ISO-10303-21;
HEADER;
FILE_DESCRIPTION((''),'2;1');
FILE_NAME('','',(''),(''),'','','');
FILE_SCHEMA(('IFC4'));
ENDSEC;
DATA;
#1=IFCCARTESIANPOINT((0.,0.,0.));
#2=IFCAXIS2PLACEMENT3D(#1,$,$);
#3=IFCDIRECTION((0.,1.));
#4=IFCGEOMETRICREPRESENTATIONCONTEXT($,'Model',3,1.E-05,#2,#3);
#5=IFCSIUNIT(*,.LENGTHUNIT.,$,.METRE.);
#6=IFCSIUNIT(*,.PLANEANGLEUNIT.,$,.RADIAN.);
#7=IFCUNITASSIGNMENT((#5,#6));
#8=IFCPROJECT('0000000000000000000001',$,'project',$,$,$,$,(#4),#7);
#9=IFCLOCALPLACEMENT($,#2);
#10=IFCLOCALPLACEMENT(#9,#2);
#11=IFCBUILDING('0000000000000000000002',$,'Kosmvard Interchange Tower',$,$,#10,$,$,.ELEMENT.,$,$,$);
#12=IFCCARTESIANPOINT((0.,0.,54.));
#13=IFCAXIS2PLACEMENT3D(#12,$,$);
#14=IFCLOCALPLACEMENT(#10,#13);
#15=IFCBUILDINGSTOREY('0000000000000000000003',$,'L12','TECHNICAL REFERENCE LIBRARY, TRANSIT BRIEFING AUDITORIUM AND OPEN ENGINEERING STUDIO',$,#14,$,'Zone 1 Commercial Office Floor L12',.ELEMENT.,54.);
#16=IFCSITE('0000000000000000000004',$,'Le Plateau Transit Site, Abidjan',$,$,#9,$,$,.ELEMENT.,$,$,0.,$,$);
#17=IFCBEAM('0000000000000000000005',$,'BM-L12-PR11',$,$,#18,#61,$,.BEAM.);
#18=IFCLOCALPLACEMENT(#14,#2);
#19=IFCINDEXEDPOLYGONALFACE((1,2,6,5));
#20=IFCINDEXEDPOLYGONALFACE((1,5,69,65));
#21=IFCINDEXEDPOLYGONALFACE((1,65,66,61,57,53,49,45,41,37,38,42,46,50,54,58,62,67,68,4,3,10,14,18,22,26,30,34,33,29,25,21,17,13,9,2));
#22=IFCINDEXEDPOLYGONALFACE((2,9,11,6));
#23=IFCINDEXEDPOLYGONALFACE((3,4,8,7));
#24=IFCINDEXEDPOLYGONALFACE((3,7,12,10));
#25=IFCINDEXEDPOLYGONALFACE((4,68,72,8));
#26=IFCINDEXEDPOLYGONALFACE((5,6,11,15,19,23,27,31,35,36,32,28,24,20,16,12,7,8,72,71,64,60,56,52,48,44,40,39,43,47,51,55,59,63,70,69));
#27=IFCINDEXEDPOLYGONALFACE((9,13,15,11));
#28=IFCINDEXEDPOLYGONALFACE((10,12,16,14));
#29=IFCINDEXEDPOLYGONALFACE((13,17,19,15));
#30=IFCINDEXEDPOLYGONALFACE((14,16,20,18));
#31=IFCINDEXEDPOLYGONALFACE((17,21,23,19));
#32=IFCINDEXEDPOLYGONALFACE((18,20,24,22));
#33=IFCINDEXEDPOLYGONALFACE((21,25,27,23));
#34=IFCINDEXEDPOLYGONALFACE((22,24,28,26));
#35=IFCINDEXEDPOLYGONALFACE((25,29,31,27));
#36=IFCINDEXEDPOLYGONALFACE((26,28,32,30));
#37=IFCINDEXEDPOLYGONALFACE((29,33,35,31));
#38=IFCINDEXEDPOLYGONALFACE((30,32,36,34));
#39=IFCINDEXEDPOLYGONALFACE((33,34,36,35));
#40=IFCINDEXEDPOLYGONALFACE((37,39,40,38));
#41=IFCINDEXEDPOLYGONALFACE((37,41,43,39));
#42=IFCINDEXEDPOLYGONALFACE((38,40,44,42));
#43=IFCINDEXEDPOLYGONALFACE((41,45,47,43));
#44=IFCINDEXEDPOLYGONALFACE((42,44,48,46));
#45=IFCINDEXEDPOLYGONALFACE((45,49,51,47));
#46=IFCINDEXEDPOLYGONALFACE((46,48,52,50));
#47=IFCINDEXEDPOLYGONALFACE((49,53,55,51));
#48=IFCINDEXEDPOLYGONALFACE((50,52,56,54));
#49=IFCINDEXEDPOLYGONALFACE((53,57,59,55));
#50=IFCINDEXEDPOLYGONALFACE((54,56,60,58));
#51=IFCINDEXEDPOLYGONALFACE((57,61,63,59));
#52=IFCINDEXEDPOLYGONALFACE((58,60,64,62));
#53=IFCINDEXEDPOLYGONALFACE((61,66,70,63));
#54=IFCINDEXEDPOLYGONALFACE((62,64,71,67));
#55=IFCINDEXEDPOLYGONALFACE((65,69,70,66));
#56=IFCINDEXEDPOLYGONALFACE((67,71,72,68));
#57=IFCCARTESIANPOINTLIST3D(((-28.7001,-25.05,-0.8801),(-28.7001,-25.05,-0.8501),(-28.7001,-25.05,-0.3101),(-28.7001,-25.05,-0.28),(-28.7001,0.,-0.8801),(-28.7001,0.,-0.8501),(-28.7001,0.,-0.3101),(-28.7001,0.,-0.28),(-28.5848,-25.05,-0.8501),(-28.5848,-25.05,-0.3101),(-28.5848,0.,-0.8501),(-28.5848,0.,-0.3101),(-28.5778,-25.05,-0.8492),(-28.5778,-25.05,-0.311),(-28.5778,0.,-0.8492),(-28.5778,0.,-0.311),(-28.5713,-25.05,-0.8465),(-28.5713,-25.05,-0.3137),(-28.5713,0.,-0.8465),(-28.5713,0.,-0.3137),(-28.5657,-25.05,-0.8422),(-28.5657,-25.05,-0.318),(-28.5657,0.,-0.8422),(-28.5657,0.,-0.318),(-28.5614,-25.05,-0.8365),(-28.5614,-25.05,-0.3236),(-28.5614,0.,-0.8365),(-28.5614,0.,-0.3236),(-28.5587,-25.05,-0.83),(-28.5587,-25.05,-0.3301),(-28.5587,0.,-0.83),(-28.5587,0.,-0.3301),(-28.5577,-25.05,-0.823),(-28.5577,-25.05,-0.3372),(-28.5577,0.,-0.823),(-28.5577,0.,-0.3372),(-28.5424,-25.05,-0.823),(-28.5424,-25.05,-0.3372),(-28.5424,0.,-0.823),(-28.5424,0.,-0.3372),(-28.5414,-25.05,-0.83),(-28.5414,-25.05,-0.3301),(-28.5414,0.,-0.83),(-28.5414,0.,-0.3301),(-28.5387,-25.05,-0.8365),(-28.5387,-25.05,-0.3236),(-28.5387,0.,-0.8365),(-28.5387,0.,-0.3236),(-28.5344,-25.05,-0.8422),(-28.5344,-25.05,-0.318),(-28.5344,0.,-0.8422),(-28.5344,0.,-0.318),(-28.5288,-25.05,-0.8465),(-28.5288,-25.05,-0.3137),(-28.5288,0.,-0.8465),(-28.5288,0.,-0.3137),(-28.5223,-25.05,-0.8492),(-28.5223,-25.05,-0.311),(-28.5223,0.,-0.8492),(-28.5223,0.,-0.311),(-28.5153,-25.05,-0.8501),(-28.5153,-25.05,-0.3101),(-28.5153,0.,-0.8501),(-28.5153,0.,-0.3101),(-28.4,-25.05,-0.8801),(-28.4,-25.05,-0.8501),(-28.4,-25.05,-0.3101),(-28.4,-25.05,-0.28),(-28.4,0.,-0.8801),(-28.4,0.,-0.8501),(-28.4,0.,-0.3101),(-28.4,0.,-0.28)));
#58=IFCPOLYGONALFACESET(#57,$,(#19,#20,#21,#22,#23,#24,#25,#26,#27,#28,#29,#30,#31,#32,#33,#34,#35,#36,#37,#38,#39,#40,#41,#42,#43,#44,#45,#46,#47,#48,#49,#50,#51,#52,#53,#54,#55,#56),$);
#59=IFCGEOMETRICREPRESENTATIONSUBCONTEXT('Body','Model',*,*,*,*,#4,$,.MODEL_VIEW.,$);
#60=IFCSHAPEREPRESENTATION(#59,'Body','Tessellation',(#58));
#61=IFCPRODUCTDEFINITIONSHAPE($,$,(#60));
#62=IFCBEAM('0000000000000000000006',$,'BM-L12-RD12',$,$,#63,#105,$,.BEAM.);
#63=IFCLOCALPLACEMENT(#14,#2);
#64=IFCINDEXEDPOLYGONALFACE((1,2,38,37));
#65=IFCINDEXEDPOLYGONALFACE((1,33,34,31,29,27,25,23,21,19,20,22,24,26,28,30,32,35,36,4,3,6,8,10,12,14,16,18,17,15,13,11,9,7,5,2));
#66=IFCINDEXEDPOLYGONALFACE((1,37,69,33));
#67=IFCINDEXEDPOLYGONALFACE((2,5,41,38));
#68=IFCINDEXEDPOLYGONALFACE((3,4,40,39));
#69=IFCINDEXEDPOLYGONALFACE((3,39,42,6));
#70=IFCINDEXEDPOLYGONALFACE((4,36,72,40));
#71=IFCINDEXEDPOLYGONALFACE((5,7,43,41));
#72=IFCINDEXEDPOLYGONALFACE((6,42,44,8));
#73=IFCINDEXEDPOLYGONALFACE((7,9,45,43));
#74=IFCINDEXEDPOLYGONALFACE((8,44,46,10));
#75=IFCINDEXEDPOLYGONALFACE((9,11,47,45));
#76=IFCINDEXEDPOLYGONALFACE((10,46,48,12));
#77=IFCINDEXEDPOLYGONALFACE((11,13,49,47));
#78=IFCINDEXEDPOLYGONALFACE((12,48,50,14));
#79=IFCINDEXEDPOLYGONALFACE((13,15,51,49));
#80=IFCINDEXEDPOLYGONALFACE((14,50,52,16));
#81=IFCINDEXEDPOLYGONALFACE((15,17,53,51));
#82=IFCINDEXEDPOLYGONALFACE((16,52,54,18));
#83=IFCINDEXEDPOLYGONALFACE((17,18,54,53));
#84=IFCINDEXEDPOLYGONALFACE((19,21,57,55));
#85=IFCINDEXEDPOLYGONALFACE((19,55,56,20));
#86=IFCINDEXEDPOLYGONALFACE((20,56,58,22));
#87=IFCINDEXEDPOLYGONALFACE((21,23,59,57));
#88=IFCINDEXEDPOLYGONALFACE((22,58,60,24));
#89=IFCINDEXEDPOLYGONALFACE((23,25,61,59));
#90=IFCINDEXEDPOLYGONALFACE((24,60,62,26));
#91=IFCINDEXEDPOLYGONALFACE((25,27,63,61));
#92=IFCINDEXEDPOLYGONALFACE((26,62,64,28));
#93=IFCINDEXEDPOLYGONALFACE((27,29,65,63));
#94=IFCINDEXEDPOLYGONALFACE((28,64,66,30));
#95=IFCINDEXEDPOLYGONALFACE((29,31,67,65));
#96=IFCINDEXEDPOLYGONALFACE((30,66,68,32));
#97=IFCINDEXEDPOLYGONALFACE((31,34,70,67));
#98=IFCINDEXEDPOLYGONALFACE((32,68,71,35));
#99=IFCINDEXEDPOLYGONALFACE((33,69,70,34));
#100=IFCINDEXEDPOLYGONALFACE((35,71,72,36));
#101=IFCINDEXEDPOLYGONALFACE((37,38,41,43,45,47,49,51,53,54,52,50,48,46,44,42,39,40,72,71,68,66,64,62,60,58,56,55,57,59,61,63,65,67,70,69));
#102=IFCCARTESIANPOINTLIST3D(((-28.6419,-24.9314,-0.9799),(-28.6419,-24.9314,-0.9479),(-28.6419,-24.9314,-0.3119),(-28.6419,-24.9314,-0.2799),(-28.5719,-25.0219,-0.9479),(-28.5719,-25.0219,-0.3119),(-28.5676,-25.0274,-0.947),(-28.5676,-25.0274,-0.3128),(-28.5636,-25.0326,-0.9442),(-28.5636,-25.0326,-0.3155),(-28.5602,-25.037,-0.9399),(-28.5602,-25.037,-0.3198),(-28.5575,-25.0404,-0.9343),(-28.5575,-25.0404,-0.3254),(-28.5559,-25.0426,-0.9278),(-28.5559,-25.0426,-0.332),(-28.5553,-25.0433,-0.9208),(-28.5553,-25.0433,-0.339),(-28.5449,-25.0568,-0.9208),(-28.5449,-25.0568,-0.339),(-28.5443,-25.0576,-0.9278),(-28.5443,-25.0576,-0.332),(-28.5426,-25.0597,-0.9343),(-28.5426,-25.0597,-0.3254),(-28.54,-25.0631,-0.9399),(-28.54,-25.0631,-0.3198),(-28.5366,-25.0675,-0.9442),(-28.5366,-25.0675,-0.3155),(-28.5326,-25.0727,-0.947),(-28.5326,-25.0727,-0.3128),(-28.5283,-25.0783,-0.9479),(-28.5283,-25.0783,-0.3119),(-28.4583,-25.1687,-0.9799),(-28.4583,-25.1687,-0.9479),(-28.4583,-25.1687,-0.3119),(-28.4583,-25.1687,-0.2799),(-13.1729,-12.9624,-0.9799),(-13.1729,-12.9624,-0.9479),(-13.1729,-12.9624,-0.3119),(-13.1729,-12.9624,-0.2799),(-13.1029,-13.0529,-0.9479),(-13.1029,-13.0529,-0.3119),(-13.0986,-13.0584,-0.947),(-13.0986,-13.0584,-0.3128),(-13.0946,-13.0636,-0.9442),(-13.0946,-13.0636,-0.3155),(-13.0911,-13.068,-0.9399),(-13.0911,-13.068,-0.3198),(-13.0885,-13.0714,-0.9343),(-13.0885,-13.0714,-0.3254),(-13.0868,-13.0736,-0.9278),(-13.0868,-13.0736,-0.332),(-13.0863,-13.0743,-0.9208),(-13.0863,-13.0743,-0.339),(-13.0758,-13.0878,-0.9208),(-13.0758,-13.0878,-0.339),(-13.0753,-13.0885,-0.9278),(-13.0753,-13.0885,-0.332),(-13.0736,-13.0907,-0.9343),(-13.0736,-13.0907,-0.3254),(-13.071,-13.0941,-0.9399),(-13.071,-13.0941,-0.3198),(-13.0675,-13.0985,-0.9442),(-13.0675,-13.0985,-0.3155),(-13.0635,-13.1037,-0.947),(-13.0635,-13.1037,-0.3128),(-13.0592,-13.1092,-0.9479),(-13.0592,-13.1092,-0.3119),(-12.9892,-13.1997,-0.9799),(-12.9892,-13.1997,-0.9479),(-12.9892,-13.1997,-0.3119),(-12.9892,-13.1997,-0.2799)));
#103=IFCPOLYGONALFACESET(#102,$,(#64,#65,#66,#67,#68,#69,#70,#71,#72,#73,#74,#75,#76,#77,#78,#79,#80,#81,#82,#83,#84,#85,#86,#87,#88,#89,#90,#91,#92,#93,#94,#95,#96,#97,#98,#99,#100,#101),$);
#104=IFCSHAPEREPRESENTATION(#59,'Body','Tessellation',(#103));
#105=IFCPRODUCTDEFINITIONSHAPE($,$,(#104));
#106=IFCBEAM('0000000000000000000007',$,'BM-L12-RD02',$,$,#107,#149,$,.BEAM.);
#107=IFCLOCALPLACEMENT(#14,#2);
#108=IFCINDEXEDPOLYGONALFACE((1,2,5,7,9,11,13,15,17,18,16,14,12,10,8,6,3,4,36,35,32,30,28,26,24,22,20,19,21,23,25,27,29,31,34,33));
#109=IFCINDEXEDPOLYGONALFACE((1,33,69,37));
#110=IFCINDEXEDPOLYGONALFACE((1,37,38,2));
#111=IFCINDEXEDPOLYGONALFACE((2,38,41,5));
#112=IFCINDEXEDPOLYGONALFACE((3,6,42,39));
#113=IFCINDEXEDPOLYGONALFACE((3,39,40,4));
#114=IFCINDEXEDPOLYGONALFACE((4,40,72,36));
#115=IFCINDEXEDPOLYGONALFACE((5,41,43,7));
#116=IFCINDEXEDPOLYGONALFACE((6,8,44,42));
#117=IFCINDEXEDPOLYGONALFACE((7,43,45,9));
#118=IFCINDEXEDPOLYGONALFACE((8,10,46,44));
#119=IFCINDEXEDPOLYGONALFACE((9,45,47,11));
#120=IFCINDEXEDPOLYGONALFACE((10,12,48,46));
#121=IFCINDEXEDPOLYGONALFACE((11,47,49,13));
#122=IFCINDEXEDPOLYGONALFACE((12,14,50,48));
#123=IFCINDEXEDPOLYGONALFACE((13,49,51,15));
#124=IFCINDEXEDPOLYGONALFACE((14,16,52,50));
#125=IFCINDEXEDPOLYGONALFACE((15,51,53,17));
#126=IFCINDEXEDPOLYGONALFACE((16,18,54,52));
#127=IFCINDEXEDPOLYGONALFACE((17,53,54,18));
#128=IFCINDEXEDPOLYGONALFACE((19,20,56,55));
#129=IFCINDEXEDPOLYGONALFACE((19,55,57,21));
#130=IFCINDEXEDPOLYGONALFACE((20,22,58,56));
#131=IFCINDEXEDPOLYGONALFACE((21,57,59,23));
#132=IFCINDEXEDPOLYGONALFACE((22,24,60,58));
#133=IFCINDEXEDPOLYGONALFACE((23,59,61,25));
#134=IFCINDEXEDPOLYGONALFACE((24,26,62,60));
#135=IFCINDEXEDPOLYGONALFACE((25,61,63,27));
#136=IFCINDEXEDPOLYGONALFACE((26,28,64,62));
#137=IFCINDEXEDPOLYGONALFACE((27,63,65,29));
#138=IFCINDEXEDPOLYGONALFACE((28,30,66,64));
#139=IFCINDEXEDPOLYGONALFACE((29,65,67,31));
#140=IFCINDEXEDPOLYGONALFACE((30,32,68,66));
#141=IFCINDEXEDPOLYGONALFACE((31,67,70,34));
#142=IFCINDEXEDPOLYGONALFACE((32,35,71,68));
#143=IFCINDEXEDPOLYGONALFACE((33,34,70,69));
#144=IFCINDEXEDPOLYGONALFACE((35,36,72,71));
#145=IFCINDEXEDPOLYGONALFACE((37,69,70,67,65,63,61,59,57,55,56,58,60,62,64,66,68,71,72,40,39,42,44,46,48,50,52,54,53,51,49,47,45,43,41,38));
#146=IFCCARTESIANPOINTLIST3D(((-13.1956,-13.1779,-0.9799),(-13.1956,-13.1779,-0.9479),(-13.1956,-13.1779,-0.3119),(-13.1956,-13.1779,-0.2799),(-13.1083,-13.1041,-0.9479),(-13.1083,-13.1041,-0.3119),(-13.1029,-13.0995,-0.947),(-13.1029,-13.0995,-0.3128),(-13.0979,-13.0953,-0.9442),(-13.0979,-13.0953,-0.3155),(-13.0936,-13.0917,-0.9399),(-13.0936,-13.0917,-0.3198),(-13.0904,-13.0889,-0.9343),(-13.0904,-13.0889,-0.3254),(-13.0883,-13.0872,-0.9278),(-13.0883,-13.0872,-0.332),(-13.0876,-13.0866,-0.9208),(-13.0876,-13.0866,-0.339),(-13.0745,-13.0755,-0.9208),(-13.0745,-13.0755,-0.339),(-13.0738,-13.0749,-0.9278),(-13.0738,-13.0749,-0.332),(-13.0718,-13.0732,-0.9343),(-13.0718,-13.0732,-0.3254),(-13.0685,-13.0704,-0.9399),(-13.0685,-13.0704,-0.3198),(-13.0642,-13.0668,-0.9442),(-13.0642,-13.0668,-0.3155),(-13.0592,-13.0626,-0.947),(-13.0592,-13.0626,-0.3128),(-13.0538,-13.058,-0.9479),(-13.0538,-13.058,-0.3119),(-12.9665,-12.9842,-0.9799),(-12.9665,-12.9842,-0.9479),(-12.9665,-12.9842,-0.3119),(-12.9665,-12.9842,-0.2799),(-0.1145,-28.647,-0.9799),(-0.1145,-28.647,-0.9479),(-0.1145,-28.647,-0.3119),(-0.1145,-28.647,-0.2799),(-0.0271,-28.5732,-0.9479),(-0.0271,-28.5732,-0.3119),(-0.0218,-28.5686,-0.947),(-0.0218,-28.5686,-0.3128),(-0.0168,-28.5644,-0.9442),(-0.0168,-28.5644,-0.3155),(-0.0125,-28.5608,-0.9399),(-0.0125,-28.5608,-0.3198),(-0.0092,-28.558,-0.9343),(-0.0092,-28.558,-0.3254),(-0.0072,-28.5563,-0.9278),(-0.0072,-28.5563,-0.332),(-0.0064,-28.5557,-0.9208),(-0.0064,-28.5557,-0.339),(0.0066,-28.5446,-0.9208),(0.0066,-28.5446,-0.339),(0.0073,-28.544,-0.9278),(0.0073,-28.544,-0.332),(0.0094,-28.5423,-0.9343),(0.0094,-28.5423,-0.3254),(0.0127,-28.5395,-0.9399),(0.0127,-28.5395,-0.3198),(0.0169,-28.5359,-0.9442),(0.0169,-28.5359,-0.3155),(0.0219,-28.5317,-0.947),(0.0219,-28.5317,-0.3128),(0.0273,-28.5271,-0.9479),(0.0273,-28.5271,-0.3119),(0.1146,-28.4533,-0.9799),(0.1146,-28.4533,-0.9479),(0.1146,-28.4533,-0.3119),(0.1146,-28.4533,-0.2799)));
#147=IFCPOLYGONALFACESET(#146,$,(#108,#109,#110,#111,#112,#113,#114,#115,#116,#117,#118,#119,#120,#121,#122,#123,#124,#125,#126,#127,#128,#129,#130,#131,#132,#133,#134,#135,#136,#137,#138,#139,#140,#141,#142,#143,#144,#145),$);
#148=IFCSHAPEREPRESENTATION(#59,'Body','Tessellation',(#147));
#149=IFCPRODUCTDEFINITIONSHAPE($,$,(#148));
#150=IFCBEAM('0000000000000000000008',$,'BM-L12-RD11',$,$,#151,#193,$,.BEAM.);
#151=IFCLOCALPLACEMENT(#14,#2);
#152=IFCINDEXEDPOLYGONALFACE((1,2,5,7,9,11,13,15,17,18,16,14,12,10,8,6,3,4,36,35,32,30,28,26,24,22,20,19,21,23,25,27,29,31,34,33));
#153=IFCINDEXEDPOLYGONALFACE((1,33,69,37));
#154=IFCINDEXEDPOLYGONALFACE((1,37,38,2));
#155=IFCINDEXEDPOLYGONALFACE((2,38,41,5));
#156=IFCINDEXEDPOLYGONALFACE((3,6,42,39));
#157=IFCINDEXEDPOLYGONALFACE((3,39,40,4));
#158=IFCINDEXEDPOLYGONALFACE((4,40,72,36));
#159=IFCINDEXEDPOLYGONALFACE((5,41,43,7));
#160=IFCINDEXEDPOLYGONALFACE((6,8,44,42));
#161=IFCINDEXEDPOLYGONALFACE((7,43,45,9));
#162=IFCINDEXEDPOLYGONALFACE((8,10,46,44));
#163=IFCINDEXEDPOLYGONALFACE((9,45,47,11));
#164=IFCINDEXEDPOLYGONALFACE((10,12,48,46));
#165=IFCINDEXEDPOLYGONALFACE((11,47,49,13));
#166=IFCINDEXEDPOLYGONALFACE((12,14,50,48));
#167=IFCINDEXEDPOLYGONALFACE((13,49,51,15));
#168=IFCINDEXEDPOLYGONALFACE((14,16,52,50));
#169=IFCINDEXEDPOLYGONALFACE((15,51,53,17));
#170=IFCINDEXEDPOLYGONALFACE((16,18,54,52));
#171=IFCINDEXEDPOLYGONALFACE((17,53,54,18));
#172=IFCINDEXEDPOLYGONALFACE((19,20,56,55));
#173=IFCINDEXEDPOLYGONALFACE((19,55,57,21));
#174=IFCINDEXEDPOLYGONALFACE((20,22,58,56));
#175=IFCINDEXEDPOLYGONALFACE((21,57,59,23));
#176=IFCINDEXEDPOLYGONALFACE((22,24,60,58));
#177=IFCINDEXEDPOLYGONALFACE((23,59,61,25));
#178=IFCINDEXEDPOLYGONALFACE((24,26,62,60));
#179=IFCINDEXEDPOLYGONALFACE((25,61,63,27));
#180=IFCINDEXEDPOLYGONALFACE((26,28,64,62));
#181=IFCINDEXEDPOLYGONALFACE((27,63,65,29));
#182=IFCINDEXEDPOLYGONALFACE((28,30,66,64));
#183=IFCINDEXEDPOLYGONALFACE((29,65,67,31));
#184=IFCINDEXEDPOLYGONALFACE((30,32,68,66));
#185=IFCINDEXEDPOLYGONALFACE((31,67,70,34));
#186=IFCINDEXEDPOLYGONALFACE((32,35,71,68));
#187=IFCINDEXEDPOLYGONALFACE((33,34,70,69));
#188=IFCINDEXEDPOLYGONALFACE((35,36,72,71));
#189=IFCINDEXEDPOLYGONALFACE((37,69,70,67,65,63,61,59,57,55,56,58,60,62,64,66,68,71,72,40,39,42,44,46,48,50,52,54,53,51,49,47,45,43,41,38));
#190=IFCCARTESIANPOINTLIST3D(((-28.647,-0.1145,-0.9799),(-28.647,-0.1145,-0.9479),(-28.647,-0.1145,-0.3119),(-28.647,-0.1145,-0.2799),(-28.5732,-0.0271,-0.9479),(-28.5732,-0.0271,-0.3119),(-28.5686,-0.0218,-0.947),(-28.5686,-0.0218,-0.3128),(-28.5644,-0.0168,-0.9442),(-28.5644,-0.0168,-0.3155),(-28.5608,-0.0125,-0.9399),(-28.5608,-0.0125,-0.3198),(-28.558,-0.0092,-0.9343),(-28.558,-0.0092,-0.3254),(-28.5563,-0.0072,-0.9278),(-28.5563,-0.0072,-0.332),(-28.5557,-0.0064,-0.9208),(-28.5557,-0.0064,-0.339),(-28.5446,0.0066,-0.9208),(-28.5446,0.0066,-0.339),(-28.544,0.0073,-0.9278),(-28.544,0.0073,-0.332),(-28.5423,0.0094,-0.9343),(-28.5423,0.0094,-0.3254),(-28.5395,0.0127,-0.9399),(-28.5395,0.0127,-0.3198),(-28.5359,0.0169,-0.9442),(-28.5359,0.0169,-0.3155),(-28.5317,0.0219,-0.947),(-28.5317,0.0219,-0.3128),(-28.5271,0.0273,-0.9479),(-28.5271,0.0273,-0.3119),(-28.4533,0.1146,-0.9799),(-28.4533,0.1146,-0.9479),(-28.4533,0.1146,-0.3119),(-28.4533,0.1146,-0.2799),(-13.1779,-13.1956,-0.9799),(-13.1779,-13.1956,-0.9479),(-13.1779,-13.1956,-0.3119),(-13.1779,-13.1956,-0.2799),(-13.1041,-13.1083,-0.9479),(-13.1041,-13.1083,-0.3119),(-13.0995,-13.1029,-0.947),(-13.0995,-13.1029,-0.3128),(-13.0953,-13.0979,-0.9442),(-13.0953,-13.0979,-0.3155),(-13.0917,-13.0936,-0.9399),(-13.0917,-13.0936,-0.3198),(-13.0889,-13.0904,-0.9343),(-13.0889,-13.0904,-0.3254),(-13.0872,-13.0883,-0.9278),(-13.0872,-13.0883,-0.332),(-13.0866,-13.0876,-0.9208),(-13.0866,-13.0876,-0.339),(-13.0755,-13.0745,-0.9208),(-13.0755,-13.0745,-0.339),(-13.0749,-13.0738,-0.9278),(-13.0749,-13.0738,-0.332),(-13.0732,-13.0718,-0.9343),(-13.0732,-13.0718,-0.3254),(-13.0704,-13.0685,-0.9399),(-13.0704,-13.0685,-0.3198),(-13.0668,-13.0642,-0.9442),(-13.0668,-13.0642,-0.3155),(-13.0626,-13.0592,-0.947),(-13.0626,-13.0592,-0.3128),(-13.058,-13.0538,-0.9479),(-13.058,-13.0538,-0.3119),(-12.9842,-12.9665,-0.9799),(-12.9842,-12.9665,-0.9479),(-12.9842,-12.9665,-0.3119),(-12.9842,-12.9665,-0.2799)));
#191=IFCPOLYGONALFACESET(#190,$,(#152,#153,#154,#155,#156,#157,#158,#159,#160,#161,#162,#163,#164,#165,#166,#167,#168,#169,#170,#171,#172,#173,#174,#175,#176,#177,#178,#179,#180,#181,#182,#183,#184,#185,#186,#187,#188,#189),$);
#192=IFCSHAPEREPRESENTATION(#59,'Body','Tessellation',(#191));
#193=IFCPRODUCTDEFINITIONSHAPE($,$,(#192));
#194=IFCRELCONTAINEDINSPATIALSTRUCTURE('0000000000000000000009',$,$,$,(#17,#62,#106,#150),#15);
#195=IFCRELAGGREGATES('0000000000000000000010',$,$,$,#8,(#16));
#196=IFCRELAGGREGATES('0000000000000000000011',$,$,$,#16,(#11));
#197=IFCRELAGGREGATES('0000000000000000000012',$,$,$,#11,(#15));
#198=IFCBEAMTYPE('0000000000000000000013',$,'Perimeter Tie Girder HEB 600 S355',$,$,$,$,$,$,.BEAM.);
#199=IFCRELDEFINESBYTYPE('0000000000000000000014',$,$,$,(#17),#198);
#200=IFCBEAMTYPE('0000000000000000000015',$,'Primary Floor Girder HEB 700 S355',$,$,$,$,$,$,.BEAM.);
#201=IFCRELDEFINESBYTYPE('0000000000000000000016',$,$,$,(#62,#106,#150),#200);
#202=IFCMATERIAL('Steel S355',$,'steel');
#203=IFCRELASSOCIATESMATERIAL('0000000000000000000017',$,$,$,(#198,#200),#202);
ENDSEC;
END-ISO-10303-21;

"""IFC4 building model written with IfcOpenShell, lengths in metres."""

from ifc_helpers import new_model, si_unit, direction, frame, origin, origin_2d, place, context, subcontext, project, spatial, i_section, extrude, source, transform, mapped, material, material_profile, profile_set, type_object, element, save


model = new_model("IFC4")

# Units and contexts
model_context = context("Model", 3, precision=1e-05, world=origin(), true_north=direction((0.0, 1.0)))
body_context = subcontext(model_context, "Body", "Model", "MODEL_VIEW")
ifc_project = project(units=[si_unit("LENGTHUNIT", "METRE"), si_unit("PLANEANGLEUNIT", "RADIAN")], contexts=[model_context])

# Site, building, storey
site_placement = place(None, origin())
site = spatial("IfcSite", under=ifc_project, at=site_placement, Name="Le Plateau Transit Site, Abidjan", CompositionType="ELEMENT", RefElevation=0.0)
building_placement = place(site_placement, origin())
building = spatial("IfcBuilding", under=site, at=building_placement, Name="Kosmvard Interchange Tower", CompositionType="ELEMENT")
storey_placement = place(building_placement, frame((0.0, 0.0, 54.0)))
storey = spatial("IfcBuildingStorey", under=building, at=storey_placement, Name="L12", Description="TECHNICAL REFERENCE LIBRARY, TRANSIT BRIEFING AUDITORIUM AND OPEN ENGINEERING STUDIO", LongName="Zone 1 Commercial Office Floor L12", CompositionType="ELEMENT", Elevation=54.0)

# Beams
ifc_material_1 = material(Name="Steel S355", Category="steel")
ifc_material_profile_1 = material_profile(ifc_material_1, i_section(OverallWidth=0.3, OverallDepth=0.6001, WebThickness=0.0154, FlangeThickness=0.03, FilletRadius=0.0271, at=origin_2d()), Name="HEB 600")
ifc_profile_set_1 = profile_set([ifc_material_profile_1], Name="Steel S355")
beam_type_1 = type_object("IfcBeamType", Name="Perimeter Tie Girder HEB 600 S355", PredefinedType="BEAM", material=ifc_profile_set_1)
shared_shape_1 = source(origin(), body_context, "Body", "SweptSolid", [
    extrude(i_section(OverallWidth=0.3, OverallDepth=0.6001, WebThickness=0.0154, FlangeThickness=0.03, FilletRadius=0.0271, at=origin_2d()), origin(), (0.0, 0.0, 1.0), 25.05),
])
beam_1_placement = place(storey_placement, frame((-28.55, 0.0, -0.5801), z_axis=(0.0, -1.0, 0.0), x_axis=(1.0, 0.0, 0.0)))
element("IfcBeam", 1, at=beam_1_placement, inside=storey, type_object=beam_type_1, Name="BM-L12-PR11", PredefinedType="BEAM", context=body_context, shape_type="MappedRepresentation", body=[
    mapped(shared_shape_1, transform((0.0, 0.0, 0.0), scale=1.0)),
])
ifc_material_profile_2 = material_profile(ifc_material_1, i_section(OverallWidth=0.3, OverallDepth=0.7, WebThickness=0.0171, FlangeThickness=0.032, FilletRadius=0.0271, at=origin_2d()), Name="HEB 700")
ifc_profile_set_2 = profile_set([ifc_material_profile_2], Name="Steel S355")
beam_type_2 = type_object("IfcBeamType", Name="Primary Floor Girder HEB 700 S355", PredefinedType="BEAM", material=ifc_profile_set_2)
shared_shape_2 = source(origin(), body_context, "Body", "SweptSolid", [
    extrude(i_section(OverallWidth=0.3, OverallDepth=0.7, WebThickness=0.0171, FlangeThickness=0.032, FilletRadius=0.0271, at=origin_2d()), origin(), (0.0, 0.0, 1.0), 19.5588),
])
beam_2_placement = place(storey_placement, frame((-13.0811, -13.0811, -0.6299), z_axis=(-0.790897, -0.611949, 0.0), x_axis=(0.611949, -0.790897, 0.0)))
element("IfcBeam", 2, at=beam_2_placement, inside=storey, type_object=beam_type_2, Name="BM-L12-RD12", PredefinedType="BEAM", context=body_context, shape_type="MappedRepresentation", body=[
    mapped(shared_shape_2, transform((0.0, 0.0, 0.0), scale=1.0)),
])
shared_shape_3 = source(origin(), body_context, "Body", "SweptSolid", [
    extrude(i_section(OverallWidth=0.3, OverallDepth=0.7, WebThickness=0.0171, FlangeThickness=0.032, FilletRadius=0.0271, at=origin_2d()), origin(), (0.0, 0.0, 1.0), 20.2585),
])
for number, where, z_axis, x_axis, name in (
    (3, (-13.0811, -13.0811, -0.6299), (0.645709, -0.763583, 0.0), (0.763583, 0.645709, 0.0), "BM-L12-RD02"),
    (4, (-13.0811, -13.0811, -0.6299), (-0.763583, 0.645709, 0.0), (-0.645709, -0.763583, 0.0), "BM-L12-RD11"),
):
    element("IfcBeam", number, at=place(storey_placement, frame(where, z_axis=z_axis, x_axis=x_axis)), inside=storey, type_object=beam_type_2, Name=name, PredefinedType="BEAM", context=body_context, shape_type="MappedRepresentation", body=[
        mapped(shared_shape_3, transform((0.0, 0.0, 0.0), scale=1.0)),
    ])

save(model, "model.ifc")
